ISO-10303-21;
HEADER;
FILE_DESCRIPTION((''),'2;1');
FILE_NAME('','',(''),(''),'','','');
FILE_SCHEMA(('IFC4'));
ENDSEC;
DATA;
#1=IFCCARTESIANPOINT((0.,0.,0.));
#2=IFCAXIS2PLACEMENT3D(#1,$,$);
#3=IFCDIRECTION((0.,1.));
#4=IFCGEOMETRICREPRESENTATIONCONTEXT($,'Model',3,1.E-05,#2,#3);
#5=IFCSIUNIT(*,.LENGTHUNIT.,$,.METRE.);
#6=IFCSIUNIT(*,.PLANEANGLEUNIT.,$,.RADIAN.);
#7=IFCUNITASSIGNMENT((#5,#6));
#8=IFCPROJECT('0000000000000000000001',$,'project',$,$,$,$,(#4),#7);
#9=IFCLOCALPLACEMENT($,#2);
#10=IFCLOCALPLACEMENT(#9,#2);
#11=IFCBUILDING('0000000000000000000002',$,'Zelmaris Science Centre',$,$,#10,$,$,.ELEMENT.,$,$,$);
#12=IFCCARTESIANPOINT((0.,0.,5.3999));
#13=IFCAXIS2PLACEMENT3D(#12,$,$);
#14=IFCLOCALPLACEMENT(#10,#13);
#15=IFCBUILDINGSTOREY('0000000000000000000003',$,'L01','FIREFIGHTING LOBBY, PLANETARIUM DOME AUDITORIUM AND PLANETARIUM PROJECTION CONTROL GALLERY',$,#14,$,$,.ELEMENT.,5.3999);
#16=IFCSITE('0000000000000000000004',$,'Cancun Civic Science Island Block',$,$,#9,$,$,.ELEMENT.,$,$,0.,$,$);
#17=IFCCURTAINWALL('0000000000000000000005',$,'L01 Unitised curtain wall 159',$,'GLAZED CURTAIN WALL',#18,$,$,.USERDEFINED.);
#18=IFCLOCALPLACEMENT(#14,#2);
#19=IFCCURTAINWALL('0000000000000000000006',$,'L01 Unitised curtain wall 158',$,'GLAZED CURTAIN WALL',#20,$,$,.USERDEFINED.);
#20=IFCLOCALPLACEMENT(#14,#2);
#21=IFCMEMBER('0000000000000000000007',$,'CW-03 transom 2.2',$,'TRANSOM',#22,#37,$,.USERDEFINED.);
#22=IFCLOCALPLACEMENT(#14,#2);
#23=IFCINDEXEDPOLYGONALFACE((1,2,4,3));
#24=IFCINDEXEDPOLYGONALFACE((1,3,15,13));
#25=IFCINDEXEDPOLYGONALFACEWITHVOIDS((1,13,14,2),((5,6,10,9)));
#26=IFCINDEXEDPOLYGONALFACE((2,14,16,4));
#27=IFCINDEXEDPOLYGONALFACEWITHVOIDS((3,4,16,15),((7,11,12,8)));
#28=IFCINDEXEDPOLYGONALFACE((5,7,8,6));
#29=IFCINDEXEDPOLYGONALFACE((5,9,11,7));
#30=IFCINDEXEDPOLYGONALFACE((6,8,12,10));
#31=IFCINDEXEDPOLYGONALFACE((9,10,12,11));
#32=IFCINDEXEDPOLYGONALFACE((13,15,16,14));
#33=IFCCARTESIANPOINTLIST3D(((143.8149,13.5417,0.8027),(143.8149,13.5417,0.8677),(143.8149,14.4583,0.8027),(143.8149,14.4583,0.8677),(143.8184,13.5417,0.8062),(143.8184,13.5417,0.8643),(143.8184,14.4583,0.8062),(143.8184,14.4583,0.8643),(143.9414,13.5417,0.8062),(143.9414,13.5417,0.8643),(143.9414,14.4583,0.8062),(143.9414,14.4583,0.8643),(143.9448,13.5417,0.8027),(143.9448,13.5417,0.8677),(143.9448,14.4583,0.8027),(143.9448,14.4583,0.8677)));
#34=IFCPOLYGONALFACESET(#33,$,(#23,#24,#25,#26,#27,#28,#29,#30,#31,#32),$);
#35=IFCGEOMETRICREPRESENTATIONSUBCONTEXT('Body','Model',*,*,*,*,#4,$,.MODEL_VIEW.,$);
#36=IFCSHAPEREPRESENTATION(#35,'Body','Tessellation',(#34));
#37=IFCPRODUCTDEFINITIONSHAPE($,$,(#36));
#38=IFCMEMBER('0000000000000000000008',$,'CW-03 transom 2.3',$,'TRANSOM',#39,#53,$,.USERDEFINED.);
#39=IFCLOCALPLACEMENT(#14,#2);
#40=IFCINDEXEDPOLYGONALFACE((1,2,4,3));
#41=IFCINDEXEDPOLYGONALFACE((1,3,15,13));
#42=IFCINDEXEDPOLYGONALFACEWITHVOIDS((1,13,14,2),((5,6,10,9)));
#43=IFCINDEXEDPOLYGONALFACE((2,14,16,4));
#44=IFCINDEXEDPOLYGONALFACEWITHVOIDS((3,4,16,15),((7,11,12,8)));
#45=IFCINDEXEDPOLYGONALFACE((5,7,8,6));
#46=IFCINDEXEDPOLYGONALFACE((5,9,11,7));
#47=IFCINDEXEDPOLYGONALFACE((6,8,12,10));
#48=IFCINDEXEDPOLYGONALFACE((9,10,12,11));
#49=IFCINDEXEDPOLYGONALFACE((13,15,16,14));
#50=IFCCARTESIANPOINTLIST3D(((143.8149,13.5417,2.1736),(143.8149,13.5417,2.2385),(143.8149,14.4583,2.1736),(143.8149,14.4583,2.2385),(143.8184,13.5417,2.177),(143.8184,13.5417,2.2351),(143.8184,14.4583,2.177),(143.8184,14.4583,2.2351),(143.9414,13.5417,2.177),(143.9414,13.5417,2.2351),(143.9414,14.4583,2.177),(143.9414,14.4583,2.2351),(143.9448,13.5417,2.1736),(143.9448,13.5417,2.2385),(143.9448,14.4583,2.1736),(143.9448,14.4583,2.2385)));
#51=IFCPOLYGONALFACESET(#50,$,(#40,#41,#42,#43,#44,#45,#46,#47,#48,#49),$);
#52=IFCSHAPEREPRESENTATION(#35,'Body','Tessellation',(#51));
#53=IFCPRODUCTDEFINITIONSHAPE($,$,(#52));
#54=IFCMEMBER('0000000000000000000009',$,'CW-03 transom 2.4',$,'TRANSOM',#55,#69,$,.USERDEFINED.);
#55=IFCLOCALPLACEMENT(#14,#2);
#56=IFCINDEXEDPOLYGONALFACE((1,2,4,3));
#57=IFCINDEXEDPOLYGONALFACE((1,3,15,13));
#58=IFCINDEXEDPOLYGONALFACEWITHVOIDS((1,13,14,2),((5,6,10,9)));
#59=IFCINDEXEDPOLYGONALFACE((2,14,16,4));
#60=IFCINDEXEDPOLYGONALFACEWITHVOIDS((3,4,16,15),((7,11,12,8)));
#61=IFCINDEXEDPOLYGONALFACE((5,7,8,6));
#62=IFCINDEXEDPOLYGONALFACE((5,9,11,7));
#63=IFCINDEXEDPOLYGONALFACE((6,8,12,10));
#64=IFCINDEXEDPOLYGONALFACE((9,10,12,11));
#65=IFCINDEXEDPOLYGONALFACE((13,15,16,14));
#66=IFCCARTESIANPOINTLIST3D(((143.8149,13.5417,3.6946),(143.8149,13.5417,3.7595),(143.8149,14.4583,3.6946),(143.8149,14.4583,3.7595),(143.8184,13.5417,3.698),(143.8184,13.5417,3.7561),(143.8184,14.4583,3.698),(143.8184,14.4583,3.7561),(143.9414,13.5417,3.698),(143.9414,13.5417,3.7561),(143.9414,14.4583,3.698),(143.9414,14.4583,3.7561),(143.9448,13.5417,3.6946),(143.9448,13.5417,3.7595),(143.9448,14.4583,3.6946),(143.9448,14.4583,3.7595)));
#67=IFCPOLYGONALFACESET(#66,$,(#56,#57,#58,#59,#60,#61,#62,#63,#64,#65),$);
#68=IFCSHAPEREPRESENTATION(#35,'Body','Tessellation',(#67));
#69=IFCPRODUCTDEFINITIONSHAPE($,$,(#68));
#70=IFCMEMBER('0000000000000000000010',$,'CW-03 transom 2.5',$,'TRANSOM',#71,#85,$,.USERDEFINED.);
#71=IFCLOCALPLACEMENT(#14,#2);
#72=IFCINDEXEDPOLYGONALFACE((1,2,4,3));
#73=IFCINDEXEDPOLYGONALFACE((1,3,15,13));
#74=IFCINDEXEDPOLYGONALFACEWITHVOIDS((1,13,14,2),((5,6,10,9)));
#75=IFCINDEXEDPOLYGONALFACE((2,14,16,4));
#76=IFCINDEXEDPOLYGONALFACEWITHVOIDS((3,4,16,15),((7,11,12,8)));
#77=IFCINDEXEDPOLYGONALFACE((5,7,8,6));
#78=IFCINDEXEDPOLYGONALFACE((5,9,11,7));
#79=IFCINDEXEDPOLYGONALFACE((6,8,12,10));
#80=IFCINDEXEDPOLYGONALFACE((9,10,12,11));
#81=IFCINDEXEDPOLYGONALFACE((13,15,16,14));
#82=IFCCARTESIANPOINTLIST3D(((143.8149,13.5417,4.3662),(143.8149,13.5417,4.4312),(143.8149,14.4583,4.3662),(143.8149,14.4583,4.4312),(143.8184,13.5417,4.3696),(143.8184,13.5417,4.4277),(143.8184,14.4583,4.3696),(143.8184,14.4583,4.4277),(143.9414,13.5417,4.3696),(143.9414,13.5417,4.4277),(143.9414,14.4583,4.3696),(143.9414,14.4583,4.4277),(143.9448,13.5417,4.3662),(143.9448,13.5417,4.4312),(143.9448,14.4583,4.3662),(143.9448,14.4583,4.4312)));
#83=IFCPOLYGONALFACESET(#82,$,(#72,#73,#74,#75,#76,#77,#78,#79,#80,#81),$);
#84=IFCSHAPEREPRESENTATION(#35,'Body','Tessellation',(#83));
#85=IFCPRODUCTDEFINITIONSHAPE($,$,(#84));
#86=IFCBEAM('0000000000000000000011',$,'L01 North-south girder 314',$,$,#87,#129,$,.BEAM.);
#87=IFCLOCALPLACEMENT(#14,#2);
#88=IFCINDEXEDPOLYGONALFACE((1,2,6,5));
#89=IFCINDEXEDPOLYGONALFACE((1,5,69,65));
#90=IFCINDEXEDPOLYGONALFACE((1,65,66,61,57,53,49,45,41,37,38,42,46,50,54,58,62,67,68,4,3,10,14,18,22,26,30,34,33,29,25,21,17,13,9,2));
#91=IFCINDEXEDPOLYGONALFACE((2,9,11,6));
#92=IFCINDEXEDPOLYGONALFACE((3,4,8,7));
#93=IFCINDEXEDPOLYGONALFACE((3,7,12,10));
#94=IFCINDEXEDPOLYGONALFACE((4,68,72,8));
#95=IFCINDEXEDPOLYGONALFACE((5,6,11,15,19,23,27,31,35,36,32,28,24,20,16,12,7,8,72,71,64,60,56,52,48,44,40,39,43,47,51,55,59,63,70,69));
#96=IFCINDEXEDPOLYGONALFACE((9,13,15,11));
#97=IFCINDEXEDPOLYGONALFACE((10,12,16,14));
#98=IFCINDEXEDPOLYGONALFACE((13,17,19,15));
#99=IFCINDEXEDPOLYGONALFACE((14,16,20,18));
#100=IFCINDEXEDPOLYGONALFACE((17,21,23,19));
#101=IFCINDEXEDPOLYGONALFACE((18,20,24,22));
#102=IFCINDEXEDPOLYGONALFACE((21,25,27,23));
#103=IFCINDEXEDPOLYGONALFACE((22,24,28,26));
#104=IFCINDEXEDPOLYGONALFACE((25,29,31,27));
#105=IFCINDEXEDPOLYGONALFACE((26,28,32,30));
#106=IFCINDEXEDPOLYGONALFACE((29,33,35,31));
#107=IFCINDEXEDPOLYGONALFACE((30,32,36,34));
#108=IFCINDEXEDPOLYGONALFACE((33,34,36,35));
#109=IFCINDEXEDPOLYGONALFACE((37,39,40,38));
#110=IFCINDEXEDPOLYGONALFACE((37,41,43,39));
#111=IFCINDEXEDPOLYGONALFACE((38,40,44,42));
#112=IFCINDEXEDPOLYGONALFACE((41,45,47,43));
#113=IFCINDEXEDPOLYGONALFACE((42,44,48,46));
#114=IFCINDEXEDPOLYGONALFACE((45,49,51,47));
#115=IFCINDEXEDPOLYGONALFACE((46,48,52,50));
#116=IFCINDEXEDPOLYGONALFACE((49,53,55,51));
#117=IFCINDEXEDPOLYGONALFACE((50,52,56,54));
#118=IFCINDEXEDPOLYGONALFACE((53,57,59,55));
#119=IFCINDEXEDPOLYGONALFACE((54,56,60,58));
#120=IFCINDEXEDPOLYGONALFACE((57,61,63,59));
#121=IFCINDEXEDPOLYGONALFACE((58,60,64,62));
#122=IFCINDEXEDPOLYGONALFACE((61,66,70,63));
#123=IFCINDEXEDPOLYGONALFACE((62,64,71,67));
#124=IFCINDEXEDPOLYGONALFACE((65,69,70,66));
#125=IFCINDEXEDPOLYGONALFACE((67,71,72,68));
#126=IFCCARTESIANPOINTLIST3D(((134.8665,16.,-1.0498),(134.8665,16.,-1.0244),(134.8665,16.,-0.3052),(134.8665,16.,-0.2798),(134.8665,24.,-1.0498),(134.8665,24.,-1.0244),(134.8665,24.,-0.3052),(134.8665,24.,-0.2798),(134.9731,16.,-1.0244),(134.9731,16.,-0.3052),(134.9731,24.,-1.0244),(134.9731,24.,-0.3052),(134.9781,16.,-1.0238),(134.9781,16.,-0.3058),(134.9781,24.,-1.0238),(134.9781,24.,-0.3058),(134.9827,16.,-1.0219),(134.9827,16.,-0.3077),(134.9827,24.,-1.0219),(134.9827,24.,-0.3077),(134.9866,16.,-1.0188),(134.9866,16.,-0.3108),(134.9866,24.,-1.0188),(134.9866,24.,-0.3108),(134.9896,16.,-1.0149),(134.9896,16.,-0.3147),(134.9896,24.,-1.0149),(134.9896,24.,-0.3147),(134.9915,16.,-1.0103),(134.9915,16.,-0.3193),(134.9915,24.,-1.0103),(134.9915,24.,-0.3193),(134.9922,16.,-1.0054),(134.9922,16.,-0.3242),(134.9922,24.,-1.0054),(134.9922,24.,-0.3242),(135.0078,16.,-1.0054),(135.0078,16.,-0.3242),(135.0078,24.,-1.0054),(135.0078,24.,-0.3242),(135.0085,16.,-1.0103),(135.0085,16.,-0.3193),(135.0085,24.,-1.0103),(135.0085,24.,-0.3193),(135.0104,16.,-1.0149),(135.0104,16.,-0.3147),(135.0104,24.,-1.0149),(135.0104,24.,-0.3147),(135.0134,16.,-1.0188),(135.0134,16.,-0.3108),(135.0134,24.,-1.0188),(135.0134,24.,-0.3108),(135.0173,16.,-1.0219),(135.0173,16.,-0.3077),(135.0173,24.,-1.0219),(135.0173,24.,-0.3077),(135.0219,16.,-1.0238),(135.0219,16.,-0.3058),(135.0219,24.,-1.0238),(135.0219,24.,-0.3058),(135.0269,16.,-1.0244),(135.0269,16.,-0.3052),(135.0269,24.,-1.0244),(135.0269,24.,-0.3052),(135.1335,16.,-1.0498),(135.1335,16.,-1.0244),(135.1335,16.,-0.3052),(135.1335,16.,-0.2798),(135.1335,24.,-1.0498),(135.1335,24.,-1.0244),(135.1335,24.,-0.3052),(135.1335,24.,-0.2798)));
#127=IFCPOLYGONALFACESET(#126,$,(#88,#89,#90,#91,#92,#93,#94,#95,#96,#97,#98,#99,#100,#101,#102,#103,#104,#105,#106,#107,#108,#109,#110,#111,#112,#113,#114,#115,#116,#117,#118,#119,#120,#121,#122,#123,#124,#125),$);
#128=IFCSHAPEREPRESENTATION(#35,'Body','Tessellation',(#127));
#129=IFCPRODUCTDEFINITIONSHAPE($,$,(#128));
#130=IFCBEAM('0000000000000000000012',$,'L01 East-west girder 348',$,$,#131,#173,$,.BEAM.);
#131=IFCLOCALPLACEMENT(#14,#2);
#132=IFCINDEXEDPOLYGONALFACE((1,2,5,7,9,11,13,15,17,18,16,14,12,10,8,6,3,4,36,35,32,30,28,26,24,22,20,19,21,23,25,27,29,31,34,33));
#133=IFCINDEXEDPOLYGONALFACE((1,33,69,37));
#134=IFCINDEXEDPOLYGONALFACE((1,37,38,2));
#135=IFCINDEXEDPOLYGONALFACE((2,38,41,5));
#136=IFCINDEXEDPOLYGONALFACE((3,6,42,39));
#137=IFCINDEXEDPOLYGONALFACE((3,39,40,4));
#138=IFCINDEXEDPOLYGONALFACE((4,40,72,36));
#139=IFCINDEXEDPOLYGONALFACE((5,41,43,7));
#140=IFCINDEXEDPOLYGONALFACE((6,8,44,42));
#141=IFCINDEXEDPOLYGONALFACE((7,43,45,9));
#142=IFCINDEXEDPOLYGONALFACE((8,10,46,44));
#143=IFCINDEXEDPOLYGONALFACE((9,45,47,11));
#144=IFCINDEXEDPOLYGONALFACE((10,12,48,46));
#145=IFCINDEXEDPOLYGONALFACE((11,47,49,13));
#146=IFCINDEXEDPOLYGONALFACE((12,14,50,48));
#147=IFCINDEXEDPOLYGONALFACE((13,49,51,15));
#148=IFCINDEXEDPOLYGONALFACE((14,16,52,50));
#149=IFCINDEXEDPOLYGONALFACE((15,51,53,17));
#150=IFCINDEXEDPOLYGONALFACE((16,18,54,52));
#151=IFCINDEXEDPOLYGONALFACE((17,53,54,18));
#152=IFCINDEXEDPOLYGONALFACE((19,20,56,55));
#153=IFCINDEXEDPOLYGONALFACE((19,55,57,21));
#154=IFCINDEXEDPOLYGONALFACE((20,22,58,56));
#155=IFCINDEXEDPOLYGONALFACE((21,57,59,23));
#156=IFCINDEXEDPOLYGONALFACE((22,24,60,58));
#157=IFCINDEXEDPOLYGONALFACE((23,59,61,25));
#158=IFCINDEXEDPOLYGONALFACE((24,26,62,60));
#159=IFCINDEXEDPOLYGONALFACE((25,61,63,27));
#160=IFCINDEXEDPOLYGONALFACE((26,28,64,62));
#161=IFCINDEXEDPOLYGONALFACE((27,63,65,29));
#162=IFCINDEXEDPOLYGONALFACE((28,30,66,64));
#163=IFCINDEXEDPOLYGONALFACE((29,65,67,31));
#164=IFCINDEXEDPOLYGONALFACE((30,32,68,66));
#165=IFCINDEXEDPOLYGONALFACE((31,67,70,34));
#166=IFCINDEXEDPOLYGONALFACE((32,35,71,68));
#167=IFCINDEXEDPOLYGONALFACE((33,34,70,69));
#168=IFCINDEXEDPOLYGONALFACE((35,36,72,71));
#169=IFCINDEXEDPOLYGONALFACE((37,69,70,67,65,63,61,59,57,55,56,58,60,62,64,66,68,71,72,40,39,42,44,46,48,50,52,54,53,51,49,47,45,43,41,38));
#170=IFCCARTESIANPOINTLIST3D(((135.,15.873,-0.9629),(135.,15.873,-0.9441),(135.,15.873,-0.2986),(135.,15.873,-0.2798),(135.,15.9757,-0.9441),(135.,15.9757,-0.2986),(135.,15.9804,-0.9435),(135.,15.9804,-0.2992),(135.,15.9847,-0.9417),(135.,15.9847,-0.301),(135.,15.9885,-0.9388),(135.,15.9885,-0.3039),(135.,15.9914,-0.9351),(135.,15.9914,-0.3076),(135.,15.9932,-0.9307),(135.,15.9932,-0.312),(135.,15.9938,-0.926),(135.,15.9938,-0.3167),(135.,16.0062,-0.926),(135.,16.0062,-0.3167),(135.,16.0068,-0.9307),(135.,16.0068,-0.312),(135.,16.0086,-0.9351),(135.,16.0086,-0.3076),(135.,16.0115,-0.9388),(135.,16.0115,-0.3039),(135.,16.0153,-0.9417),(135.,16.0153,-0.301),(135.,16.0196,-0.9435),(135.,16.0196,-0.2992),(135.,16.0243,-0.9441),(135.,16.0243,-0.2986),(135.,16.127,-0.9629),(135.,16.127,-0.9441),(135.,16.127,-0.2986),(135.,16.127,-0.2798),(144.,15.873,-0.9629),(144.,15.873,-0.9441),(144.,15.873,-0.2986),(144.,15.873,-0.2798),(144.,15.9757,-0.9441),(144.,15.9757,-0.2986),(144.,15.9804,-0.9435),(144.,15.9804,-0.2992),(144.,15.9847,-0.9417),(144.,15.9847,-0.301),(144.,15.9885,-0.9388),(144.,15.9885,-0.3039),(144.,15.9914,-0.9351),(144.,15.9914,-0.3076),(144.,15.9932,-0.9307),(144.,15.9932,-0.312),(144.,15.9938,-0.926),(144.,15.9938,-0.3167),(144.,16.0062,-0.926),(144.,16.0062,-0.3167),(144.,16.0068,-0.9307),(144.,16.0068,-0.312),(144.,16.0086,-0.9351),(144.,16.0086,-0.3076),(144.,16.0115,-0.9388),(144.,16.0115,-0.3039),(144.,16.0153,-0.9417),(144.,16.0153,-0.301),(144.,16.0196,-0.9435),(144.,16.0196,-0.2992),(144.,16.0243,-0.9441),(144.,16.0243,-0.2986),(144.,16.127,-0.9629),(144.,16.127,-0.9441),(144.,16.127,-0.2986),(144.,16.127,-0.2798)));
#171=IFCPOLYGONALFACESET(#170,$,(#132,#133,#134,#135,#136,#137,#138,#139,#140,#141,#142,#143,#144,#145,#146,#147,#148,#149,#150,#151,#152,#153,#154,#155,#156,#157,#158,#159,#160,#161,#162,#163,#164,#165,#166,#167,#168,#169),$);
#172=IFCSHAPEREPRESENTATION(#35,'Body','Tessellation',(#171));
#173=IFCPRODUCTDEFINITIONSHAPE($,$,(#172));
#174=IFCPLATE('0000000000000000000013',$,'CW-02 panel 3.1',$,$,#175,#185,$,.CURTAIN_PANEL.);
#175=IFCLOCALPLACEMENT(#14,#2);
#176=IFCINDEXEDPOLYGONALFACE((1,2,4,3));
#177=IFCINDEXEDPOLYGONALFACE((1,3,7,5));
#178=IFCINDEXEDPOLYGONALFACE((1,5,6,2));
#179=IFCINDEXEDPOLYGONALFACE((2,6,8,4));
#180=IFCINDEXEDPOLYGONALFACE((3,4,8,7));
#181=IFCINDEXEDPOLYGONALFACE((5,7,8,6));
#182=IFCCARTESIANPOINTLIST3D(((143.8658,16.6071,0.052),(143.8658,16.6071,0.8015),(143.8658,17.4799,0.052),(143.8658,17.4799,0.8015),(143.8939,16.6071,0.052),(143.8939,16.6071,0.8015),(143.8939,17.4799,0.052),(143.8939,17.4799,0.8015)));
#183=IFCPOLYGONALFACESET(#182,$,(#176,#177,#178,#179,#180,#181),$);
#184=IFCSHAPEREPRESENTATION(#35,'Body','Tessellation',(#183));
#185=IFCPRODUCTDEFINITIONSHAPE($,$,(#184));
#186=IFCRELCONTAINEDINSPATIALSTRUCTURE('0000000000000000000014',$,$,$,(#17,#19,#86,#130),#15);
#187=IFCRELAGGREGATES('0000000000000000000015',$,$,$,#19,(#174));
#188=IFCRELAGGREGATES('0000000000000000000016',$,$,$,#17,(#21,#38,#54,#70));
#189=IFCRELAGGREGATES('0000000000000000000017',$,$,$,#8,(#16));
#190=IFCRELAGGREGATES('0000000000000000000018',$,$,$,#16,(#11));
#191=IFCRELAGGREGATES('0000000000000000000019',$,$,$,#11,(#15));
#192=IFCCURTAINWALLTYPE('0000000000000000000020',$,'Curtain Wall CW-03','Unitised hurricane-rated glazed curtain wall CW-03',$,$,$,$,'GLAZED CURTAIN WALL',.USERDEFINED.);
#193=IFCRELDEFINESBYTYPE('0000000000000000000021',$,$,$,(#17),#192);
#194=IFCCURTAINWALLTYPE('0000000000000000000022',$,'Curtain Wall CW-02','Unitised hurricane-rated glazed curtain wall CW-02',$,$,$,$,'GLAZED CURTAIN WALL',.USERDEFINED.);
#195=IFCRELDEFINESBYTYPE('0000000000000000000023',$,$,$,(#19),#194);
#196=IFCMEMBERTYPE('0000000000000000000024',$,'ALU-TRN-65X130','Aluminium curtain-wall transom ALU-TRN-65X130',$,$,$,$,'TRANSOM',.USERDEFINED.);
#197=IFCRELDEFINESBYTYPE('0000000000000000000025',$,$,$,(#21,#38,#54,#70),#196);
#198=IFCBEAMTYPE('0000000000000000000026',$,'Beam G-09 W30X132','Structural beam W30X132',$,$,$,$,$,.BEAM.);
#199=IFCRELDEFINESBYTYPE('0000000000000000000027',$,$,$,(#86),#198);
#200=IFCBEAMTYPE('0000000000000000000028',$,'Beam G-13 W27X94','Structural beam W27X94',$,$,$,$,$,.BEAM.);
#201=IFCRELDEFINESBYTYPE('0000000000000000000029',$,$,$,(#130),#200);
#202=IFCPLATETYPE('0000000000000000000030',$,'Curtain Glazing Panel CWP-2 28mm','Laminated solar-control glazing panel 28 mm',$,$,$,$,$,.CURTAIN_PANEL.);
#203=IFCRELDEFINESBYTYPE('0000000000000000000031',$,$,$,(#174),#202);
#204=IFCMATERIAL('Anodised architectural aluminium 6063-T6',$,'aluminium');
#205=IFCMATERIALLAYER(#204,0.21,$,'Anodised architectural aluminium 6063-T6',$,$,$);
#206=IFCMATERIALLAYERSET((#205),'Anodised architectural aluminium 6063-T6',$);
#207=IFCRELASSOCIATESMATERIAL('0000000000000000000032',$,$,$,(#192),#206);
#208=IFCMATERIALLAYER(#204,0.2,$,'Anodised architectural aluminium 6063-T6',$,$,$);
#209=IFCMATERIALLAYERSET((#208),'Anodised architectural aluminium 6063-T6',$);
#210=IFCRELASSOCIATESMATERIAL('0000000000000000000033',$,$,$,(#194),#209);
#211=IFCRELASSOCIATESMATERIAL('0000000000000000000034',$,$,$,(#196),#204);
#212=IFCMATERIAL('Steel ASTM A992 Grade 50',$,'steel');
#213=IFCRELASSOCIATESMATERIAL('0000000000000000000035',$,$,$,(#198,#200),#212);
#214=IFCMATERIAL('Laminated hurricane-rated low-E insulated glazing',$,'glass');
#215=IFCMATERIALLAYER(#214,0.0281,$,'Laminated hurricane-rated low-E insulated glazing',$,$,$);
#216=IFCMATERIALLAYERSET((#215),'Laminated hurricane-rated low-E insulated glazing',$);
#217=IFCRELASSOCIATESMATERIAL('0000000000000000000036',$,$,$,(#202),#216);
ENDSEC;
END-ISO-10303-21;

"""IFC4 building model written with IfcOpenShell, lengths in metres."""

from ifc_helpers import new_model, si_unit, direction, frame, origin, origin_2d, place, context, subcontext, project, spatial, rectangle, hollow_rectangle, i_section, extrude, material, layer, layer_set, material_profile, profile_set, type_object, element, aggregate, save


model = new_model("IFC4")

# Units and contexts
model_context = context("Model", 3, precision=1e-05, world=origin(), true_north=direction((0.0, 1.0)))
body_context = subcontext(model_context, "Body", "Model", "MODEL_VIEW")
ifc_project = project(units=[si_unit("LENGTHUNIT", "METRE"), si_unit("PLANEANGLEUNIT", "RADIAN")], contexts=[model_context])

# Site, building, storey
site_placement = place(None, origin())
site = spatial("IfcSite", under=ifc_project, at=site_placement, Name="Cancun Civic Science Island Block", CompositionType="ELEMENT", RefElevation=0.0)
building_placement = place(site_placement, origin())
building = spatial("IfcBuilding", under=site, at=building_placement, Name="Zelmaris Science Centre", CompositionType="ELEMENT")
storey_placement = place(building_placement, frame((0.0, 0.0, 5.3999)))
storey = spatial("IfcBuildingStorey", under=building, at=storey_placement, Name="L01", Description="FIREFIGHTING LOBBY, PLANETARIUM DOME AUDITORIUM AND PLANETARIUM PROJECTION CONTROL GALLERY", CompositionType="ELEMENT", Elevation=5.3999)

# Shared definitions
ifc_material_1 = material(Name="Steel ASTM A992 Grade 50", Category="steel")

# Curtain wall
ifc_material_2 = material(Name="Anodised architectural aluminium 6063-T6", Category="aluminium")
ifc_layer_1 = layer(ifc_material_2, 0.21, Name="Anodised architectural aluminium 6063-T6")
ifc_layer_set_1 = layer_set([ifc_layer_1], Name="Anodised architectural aluminium 6063-T6")
curtain_wall_type_1 = type_object("IfcCurtainWallType", Name="Curtain Wall CW-03", Description="Unitised hurricane-rated glazed curtain wall CW-03", ElementType="GLAZED CURTAIN WALL", PredefinedType="USERDEFINED", material=ifc_layer_set_1)
curtain_wall_1_placement = place(storey_placement, origin())
curtain_wall_1 = element("IfcCurtainWall", 1, at=curtain_wall_1_placement, inside=storey, type_object=curtain_wall_type_1, Name="L01 Unitised curtain wall 159", ObjectType="GLAZED CURTAIN WALL", PredefinedType="USERDEFINED")

# Curtain wall
ifc_layer_2 = layer(ifc_material_2, 0.2, Name="Anodised architectural aluminium 6063-T6")
ifc_layer_set_2 = layer_set([ifc_layer_2], Name="Anodised architectural aluminium 6063-T6")
curtain_wall_type_2 = type_object("IfcCurtainWallType", Name="Curtain Wall CW-02", Description="Unitised hurricane-rated glazed curtain wall CW-02", ElementType="GLAZED CURTAIN WALL", PredefinedType="USERDEFINED", material=ifc_layer_set_2)
curtain_wall_2_placement = place(storey_placement, origin())
curtain_wall_2 = element("IfcCurtainWall", 2, at=curtain_wall_2_placement, inside=storey, type_object=curtain_wall_type_2, Name="L01 Unitised curtain wall 158", ObjectType="GLAZED CURTAIN WALL", PredefinedType="USERDEFINED")

# Members
ifc_material_profile_1 = material_profile(ifc_material_2, hollow_rectangle(XDim=0.0649, YDim=0.1299, WallThickness=0.0034, at=origin_2d()), Name="ALU-TRN-65X130")
ifc_profile_set_1 = profile_set([ifc_material_profile_1], Name="Anodised architectural aluminium 6063-T6")
member_type_1 = type_object("IfcMemberType", Name="ALU-TRN-65X130", Description="Aluminium curtain-wall transom ALU-TRN-65X130", ElementType="TRANSOM", PredefinedType="USERDEFINED", material=ifc_profile_set_1)
member_1_placement = place(storey_placement, frame((143.8799, 14.4583, 0.8352), z_axis=(0.0, -1.0, 0.0), x_axis=(0.0, 0.0, 1.0)))
member_1 = element("IfcMember", 3, at=member_1_placement, type_object=member_type_1, Name="CW-03 transom 2.2", ObjectType="TRANSOM", PredefinedType="USERDEFINED", context=body_context, shape_type="SweptSolid", body=[
    extrude(hollow_rectangle(XDim=0.0649, YDim=0.1299, WallThickness=0.0034, at=origin_2d()), origin(), (0.0, 0.0, 1.0), 0.9165),
])
member_2_placement = place(storey_placement, frame((143.8799, 14.4583, 2.2061), z_axis=(0.0, -1.0, 0.0), x_axis=(0.0, 0.0, 1.0)))
member_2 = element("IfcMember", 4, at=member_2_placement, type_object=member_type_1, Name="CW-03 transom 2.3", ObjectType="TRANSOM", PredefinedType="USERDEFINED", context=body_context, shape_type="SweptSolid", body=[
    extrude(hollow_rectangle(XDim=0.0649, YDim=0.1299, WallThickness=0.0034, at=origin_2d()), origin(), (0.0, 0.0, 1.0), 0.9165),
])
member_3_placement = place(storey_placement, frame((143.8799, 14.4583, 3.7271), z_axis=(0.0, -1.0, 0.0), x_axis=(0.0, 0.0, 1.0)))
member_3 = element("IfcMember", 5, at=member_3_placement, type_object=member_type_1, Name="CW-03 transom 2.4", ObjectType="TRANSOM", PredefinedType="USERDEFINED", context=body_context, shape_type="SweptSolid", body=[
    extrude(hollow_rectangle(XDim=0.0649, YDim=0.1299, WallThickness=0.0034, at=origin_2d()), origin(), (0.0, 0.0, 1.0), 0.9165),
])
member_4_placement = place(storey_placement, frame((143.8799, 14.4583, 4.3987), z_axis=(0.0, -1.0, 0.0), x_axis=(0.0, 0.0, 1.0)))
member_4 = element("IfcMember", 6, at=member_4_placement, type_object=member_type_1, Name="CW-03 transom 2.5", ObjectType="TRANSOM", PredefinedType="USERDEFINED", context=body_context, shape_type="SweptSolid", body=[
    extrude(hollow_rectangle(XDim=0.0649, YDim=0.1299, WallThickness=0.0034, at=origin_2d()), origin(), (0.0, 0.0, 1.0), 0.9165),
])

# Beams
ifc_material_profile_2 = material_profile(ifc_material_1, i_section(OverallWidth=0.2671, OverallDepth=0.77, WebThickness=0.0156, FlangeThickness=0.0254, FilletRadius=0.019, at=origin_2d()), Name="W30X132")
ifc_profile_set_2 = profile_set([ifc_material_profile_2], Name="Steel ASTM A992 Grade 50")
beam_type_1 = type_object("IfcBeamType", Name="Beam G-09 W30X132", Description="Structural beam W30X132", PredefinedType="BEAM", material=ifc_profile_set_2)
beam_1_placement = place(storey_placement, frame((135.0, 16.0, -0.6648), z_axis=(0.0, 1.0, 0.0), x_axis=(-1.0, 0.0, 0.0)))
element("IfcBeam", 7, at=beam_1_placement, inside=storey, type_object=beam_type_1, Name="L01 North-south girder 314", PredefinedType="BEAM", context=body_context, shape_type="SweptSolid", body=[
    extrude(i_section(OverallWidth=0.2671, OverallDepth=0.77, WebThickness=0.0156, FlangeThickness=0.0254, FilletRadius=0.019, at=origin_2d()), origin(), (0.0, 0.0, 1.0), 8.0),
])
ifc_material_profile_3 = material_profile(ifc_material_1, i_section(OverallWidth=0.2539, OverallDepth=0.6831, WebThickness=0.0125, FlangeThickness=0.0188, FilletRadius=0.0181, at=origin_2d()), Name="W27X94")
ifc_profile_set_3 = profile_set([ifc_material_profile_3], Name="Steel ASTM A992 Grade 50")
beam_type_2 = type_object("IfcBeamType", Name="Beam G-13 W27X94", Description="Structural beam W27X94", PredefinedType="BEAM", material=ifc_profile_set_3)
beam_2_placement = place(storey_placement, frame((135.0, 16.0, -0.6213), z_axis=(1.0, 0.0, 0.0), x_axis=(0.0, 1.0, 0.0)))
element("IfcBeam", 8, at=beam_2_placement, inside=storey, type_object=beam_type_2, Name="L01 East-west girder 348", PredefinedType="BEAM", context=body_context, shape_type="SweptSolid", body=[
    extrude(i_section(OverallWidth=0.2539, OverallDepth=0.6831, WebThickness=0.0125, FlangeThickness=0.0188, FilletRadius=0.0181, at=origin_2d()), origin(), (0.0, 0.0, 1.0), 9.0),
])

# Plate
ifc_material_3 = material(Name="Laminated hurricane-rated low-E insulated glazing", Category="glass")
ifc_layer_3 = layer(ifc_material_3, 0.0281, Name="Laminated hurricane-rated low-E insulated glazing")
ifc_layer_set_3 = layer_set([ifc_layer_3], Name="Laminated hurricane-rated low-E insulated glazing")
plate_type_1 = type_object("IfcPlateType", Name="Curtain Glazing Panel CWP-2 28mm", Description="Laminated solar-control glazing panel 28 mm", PredefinedType="CURTAIN_PANEL", material=ifc_layer_set_3)
plate_1_placement = place(storey_placement, frame((143.8799, 17.0435, 0.052), z_axis=(0.0, 0.0, 1.0), x_axis=(0.0, -1.0, 0.0)))
plate_1 = element("IfcPlate", 9, at=plate_1_placement, type_object=plate_type_1, Name="CW-02 panel 3.1", PredefinedType="CURTAIN_PANEL", context=body_context, shape_type="SweptSolid", body=[
    extrude(rectangle(XDim=0.8728, YDim=0.0281, at=origin_2d()), origin(), (0.0, 0.0, 1.0), 0.7495),
])
aggregate(curtain_wall_2, [plate_1])
aggregate(curtain_wall_1, [member_1, member_2, member_3, member_4])

save(model, "model.ifc")
